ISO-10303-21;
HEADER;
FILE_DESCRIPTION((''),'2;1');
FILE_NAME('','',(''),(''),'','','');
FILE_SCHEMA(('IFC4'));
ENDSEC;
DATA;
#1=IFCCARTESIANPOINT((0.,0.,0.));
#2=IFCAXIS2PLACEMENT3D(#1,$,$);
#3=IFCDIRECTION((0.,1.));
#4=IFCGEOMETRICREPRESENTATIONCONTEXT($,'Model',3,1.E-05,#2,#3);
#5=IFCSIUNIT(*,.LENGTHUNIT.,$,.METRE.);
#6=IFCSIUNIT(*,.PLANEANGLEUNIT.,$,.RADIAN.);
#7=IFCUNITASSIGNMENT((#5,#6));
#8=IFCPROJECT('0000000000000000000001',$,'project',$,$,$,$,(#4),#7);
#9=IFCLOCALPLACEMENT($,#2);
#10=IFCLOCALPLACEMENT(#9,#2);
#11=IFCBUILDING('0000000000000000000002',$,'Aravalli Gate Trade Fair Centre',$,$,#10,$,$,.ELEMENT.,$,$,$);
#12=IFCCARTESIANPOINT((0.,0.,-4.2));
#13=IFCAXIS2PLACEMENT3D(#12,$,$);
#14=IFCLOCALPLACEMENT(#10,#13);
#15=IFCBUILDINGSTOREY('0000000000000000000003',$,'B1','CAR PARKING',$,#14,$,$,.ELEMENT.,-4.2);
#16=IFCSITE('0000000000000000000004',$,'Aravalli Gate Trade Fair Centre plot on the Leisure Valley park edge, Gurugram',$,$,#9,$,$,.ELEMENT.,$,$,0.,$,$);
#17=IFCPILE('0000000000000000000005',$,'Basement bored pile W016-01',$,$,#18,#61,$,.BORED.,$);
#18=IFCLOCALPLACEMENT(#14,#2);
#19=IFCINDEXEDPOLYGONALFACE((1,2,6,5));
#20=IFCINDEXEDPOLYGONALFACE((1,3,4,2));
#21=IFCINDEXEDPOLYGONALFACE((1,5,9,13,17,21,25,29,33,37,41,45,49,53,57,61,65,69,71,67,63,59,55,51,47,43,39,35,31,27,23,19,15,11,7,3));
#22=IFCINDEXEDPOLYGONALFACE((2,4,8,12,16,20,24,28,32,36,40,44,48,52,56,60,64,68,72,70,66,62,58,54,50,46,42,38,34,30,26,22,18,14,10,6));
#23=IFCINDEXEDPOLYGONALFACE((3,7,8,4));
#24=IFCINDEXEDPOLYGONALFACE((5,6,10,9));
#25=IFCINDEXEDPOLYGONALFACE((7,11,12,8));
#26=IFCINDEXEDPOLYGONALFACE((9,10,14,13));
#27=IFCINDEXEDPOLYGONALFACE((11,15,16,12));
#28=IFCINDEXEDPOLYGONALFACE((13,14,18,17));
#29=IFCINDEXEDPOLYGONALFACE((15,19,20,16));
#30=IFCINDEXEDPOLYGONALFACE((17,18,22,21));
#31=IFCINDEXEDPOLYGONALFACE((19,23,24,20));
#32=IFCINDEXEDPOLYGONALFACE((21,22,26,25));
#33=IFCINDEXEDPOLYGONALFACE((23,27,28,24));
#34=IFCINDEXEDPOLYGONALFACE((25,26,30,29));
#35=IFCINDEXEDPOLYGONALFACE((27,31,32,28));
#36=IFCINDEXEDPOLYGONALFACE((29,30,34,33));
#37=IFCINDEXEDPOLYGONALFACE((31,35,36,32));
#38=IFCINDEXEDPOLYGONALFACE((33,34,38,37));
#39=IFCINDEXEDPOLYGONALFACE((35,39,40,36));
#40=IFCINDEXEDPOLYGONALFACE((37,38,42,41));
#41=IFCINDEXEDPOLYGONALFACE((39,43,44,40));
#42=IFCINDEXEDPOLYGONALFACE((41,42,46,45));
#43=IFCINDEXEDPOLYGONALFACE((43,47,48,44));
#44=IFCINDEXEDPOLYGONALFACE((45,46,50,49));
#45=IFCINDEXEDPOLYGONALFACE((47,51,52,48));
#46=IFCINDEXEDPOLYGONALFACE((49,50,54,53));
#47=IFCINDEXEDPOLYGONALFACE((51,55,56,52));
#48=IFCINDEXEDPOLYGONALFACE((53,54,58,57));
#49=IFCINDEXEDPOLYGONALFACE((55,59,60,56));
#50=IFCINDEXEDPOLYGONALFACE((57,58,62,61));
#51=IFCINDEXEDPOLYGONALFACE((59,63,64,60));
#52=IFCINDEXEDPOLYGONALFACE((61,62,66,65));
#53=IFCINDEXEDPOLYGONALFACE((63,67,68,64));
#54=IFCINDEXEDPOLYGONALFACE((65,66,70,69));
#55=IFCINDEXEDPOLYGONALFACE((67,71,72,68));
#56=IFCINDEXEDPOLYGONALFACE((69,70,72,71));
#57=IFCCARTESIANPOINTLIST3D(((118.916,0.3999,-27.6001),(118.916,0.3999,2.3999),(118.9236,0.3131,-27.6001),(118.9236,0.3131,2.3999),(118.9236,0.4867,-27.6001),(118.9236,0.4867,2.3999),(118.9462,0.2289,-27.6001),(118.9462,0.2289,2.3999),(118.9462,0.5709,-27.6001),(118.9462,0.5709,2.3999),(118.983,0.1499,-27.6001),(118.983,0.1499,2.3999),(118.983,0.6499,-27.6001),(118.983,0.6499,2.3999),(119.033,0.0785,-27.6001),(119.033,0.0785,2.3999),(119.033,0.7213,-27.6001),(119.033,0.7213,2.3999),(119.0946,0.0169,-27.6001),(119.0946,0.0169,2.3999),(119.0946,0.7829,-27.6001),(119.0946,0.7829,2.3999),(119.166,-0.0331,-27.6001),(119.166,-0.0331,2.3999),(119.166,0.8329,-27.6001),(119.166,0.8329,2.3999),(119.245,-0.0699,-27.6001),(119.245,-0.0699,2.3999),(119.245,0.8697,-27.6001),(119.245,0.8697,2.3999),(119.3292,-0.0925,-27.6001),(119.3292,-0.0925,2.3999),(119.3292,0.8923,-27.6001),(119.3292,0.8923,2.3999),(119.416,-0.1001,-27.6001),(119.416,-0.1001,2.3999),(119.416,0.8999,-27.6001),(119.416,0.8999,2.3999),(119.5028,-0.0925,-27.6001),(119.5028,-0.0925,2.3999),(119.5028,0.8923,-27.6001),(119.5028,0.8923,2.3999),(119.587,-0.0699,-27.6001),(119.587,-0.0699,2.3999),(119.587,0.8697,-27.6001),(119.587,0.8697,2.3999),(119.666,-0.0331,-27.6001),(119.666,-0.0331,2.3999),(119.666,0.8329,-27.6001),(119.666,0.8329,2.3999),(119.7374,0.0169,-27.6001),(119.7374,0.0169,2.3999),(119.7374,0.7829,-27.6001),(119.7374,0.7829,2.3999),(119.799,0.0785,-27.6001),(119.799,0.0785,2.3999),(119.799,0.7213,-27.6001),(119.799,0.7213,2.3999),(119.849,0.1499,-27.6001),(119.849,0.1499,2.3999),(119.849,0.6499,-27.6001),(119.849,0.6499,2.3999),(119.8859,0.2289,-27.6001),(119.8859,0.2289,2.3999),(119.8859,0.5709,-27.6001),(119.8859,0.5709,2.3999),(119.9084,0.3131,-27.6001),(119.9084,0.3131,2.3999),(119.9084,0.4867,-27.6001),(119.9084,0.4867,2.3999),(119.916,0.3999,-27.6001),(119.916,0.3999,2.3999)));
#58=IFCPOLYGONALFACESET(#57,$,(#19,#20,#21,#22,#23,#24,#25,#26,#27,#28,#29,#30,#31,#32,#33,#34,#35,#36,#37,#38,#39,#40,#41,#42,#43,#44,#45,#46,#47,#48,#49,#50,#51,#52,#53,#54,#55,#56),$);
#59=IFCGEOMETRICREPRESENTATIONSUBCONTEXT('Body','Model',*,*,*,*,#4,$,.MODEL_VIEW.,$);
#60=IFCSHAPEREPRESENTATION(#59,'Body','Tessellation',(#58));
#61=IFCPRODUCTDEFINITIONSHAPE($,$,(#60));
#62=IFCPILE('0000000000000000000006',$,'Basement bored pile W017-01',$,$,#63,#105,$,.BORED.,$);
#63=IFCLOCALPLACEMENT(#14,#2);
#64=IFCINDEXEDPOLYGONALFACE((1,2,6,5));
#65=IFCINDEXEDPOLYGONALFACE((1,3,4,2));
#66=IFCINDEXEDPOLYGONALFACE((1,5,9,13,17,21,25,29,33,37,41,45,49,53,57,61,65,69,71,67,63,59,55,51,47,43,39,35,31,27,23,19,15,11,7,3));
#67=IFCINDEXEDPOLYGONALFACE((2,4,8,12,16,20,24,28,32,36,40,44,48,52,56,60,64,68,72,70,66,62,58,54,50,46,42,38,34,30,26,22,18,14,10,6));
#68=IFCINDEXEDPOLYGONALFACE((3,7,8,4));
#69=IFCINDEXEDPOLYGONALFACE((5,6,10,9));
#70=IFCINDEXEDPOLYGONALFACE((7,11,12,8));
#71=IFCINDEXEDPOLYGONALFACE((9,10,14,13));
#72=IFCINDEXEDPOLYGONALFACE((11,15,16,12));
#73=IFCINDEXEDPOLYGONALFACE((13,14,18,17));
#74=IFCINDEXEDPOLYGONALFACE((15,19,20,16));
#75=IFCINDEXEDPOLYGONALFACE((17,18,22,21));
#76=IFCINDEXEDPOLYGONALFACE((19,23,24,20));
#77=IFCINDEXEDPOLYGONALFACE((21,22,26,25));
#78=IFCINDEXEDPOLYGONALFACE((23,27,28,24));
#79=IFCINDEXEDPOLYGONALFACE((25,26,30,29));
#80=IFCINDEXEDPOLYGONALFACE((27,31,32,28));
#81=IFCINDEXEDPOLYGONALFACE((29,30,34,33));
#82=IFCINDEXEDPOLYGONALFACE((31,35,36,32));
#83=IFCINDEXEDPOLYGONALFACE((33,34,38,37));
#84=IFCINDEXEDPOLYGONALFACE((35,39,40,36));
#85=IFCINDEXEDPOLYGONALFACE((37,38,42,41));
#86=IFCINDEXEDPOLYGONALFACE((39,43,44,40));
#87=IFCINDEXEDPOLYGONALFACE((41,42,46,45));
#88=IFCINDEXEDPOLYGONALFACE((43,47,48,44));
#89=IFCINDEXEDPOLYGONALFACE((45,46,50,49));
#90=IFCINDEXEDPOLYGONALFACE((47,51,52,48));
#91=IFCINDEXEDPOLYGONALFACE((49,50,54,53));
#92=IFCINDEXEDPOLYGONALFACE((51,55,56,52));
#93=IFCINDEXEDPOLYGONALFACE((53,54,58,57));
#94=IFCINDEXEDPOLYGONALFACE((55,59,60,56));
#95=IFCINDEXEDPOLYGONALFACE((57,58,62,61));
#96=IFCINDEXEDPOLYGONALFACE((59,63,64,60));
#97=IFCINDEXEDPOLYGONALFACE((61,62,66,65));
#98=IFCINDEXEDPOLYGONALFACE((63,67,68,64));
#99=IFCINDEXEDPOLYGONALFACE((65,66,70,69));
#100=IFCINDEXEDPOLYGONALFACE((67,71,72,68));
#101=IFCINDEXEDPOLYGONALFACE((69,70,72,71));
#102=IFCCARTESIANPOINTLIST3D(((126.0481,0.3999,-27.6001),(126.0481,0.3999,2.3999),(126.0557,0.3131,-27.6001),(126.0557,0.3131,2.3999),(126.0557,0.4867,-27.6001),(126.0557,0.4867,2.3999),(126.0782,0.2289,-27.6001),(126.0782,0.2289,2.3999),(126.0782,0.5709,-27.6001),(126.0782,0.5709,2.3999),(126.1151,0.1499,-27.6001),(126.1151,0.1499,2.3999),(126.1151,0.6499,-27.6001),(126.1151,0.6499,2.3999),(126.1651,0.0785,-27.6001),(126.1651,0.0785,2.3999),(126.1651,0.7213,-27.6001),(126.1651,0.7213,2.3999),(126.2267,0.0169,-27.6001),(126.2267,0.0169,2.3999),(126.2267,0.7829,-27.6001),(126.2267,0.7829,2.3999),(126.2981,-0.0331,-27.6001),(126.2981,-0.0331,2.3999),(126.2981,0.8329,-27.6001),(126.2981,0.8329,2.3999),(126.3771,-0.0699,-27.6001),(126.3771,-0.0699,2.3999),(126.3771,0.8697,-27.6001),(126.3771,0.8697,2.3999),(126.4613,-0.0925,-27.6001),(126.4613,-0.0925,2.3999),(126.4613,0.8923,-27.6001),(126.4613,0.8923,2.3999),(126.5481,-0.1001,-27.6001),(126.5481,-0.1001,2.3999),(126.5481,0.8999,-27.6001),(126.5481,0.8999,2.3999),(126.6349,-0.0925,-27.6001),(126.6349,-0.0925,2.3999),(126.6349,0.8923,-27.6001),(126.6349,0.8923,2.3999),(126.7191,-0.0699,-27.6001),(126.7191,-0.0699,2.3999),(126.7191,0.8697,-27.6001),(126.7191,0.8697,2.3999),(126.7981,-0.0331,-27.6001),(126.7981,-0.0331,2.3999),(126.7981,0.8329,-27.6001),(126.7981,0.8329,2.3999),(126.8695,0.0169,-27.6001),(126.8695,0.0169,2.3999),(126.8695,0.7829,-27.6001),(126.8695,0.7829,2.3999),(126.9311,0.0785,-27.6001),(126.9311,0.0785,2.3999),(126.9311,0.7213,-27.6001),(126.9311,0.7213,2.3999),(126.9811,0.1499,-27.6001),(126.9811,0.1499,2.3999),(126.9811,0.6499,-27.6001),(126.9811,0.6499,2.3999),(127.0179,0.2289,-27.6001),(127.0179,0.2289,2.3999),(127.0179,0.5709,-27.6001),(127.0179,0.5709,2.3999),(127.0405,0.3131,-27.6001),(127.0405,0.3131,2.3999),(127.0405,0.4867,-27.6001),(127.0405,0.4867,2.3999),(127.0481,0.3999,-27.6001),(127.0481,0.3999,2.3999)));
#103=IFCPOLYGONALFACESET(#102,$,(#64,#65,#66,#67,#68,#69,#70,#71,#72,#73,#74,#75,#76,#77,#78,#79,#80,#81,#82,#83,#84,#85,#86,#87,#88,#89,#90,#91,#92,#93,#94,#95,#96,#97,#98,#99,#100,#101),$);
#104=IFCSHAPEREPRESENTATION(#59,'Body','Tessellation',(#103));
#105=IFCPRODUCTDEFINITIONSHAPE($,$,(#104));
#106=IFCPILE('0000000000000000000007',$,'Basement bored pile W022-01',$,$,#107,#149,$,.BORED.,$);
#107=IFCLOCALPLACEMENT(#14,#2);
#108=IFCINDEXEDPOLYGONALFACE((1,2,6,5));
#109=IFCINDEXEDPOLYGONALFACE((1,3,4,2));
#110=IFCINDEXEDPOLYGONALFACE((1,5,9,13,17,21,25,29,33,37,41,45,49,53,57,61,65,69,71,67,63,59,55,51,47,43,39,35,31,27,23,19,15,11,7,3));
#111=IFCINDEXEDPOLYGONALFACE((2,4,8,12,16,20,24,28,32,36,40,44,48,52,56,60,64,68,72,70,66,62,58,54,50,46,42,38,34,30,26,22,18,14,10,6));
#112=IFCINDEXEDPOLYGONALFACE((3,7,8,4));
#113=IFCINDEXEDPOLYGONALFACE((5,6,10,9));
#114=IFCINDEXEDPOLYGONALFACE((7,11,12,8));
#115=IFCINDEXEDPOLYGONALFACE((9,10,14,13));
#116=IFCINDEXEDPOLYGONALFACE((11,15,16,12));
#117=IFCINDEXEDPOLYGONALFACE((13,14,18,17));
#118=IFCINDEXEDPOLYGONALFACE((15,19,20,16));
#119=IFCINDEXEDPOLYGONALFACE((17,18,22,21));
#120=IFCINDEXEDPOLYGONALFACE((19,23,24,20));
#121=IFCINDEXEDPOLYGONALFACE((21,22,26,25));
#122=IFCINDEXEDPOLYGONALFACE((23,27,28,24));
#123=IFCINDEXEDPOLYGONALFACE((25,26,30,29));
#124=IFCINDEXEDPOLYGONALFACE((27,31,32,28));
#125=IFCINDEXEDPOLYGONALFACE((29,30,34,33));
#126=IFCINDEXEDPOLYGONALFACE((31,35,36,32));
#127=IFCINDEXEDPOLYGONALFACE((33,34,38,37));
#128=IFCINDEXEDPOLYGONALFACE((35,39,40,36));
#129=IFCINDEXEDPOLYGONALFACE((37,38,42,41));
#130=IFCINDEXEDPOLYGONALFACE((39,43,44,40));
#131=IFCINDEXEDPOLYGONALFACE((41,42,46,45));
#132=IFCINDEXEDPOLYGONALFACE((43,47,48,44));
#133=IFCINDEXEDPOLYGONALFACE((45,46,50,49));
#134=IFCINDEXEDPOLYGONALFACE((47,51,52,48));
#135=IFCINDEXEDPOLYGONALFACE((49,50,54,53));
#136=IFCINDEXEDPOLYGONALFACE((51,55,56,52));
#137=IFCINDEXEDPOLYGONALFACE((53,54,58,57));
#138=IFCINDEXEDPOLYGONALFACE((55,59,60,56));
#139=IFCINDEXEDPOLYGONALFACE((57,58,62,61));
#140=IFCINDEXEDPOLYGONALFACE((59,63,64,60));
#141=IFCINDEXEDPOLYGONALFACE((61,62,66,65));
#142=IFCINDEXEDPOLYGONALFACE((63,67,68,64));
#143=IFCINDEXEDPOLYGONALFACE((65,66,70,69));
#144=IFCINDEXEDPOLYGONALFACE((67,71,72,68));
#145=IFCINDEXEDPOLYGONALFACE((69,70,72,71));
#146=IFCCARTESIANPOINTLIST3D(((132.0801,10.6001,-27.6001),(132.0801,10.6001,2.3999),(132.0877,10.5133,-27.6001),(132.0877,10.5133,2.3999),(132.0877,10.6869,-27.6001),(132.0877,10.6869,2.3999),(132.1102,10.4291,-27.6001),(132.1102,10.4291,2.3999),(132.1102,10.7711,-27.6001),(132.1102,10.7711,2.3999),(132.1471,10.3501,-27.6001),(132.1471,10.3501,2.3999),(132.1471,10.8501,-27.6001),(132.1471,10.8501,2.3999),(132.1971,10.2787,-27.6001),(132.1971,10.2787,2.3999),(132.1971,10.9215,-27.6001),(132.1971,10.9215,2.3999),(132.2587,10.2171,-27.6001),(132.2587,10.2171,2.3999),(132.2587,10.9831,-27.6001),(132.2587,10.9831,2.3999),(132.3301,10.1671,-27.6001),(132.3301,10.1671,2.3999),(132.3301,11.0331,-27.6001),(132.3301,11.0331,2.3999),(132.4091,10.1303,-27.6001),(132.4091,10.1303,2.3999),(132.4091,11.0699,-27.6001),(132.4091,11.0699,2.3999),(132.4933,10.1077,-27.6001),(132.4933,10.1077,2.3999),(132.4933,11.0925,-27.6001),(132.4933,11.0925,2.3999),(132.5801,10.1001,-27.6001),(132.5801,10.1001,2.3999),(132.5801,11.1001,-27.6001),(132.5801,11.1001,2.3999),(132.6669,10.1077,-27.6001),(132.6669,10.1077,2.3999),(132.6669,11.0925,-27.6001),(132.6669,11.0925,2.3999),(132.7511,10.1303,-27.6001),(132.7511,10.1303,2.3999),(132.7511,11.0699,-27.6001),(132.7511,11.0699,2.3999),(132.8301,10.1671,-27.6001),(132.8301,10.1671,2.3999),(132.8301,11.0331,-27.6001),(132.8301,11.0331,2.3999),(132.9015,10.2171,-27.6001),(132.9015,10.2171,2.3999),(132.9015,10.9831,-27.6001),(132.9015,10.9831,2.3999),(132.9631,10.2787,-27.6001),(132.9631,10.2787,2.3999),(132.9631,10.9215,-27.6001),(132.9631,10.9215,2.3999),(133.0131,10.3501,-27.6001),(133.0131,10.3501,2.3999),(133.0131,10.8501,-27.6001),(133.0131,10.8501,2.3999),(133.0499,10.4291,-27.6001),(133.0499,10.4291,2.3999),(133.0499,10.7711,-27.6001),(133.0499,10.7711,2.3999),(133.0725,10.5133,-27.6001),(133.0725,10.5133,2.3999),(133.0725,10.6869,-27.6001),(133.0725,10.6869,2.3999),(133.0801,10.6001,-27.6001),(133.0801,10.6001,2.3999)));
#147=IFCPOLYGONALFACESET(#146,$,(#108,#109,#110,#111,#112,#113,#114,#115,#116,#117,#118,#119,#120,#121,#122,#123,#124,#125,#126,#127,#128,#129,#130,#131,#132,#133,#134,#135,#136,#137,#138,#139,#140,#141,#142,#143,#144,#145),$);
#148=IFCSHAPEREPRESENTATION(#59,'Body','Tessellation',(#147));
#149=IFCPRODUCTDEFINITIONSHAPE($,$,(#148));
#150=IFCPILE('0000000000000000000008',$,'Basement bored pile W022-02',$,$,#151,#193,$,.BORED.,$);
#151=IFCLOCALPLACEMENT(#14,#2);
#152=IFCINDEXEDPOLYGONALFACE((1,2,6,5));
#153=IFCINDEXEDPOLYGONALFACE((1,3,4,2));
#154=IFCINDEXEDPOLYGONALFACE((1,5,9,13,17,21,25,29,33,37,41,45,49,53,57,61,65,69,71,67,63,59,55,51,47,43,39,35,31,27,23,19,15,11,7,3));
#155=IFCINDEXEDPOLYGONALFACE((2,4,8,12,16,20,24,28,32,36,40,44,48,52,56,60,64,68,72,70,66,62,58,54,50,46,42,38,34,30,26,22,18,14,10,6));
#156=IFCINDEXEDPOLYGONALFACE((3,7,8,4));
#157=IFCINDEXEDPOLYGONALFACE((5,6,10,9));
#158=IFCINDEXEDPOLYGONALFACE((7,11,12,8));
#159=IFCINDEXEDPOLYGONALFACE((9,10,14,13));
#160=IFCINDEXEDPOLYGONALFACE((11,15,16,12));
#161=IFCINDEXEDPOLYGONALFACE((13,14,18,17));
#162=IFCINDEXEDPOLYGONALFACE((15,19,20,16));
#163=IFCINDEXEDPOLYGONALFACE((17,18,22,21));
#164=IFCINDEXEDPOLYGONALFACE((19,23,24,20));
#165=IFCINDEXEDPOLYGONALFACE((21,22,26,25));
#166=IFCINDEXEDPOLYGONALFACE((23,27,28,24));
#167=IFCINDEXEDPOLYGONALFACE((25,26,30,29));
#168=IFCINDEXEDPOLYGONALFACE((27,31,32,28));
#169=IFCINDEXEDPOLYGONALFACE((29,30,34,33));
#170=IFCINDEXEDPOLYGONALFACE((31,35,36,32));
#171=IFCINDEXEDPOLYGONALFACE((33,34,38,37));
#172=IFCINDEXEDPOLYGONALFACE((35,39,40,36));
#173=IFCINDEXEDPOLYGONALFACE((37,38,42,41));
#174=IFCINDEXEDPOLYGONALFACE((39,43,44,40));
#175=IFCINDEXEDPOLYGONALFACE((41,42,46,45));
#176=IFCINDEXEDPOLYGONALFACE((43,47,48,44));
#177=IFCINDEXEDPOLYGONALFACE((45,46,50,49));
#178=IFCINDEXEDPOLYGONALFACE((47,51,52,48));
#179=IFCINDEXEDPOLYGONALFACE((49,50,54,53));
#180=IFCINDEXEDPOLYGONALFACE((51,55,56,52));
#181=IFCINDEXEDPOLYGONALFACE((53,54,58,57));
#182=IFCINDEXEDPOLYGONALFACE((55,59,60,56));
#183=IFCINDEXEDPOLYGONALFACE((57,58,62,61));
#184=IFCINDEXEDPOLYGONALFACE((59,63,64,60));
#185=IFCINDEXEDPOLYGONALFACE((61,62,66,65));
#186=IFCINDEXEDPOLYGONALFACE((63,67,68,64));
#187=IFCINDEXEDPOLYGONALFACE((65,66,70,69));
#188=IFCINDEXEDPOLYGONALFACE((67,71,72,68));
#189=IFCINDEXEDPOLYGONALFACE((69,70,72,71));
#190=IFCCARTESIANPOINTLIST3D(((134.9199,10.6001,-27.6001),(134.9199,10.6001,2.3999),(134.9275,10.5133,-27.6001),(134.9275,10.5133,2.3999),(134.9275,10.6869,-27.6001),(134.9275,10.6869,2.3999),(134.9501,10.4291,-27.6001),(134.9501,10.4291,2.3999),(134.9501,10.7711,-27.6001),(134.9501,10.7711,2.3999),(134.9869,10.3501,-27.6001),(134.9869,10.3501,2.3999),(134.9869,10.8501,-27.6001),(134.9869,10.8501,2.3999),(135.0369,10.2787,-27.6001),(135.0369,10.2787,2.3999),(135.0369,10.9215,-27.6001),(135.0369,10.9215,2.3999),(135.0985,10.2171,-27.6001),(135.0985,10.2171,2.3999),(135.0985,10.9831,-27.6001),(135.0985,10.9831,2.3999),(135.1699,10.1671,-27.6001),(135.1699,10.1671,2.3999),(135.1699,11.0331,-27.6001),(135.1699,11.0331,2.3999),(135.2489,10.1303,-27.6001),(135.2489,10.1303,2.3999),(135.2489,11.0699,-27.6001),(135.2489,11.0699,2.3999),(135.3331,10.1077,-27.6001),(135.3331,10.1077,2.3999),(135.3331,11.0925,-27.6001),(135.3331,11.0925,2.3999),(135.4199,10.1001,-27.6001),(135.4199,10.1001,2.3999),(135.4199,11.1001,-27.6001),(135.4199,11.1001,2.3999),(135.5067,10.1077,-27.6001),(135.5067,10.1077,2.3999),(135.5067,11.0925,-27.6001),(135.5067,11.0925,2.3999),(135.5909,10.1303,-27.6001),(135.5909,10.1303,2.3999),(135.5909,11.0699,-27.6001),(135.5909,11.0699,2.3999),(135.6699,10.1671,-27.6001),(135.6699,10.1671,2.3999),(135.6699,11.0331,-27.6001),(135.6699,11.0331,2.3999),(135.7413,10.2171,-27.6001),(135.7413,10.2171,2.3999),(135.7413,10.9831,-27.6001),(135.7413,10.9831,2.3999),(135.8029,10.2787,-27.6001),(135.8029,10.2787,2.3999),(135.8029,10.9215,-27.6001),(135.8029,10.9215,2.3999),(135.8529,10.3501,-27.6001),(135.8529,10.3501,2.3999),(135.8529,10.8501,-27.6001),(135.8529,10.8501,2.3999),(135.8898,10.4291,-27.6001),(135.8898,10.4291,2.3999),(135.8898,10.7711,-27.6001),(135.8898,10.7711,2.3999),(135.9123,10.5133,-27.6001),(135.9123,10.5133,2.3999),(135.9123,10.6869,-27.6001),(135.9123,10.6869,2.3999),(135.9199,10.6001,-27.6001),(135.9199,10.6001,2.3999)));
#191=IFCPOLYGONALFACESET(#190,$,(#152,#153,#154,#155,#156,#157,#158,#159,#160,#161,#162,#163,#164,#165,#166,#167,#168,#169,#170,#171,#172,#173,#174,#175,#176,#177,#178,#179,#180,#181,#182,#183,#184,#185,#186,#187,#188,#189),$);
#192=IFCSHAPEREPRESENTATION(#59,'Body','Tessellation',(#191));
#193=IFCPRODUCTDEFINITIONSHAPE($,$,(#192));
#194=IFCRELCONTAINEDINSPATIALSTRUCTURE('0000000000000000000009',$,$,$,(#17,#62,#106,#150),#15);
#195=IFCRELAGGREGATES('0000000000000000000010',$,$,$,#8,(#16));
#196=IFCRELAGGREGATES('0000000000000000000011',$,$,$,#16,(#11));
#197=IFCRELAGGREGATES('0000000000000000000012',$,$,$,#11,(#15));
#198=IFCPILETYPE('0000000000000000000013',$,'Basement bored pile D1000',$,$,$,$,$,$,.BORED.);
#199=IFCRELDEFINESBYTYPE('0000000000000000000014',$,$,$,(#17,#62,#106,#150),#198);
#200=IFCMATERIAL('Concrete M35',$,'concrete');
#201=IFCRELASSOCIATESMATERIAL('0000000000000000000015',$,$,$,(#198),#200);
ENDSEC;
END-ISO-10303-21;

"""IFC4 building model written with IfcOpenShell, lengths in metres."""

from ifc_helpers import new_model, si_unit, direction, frame, origin, origin_2d, place, context, subcontext, project, spatial, circle, extrude, material, material_profile, profile_set, type_object, element, save


model = new_model("IFC4")

# Units and contexts
model_context = context("Model", 3, precision=1e-05, world=origin(), true_north=direction((0.0, 1.0)))
body_context = subcontext(model_context, "Body", "Model", "MODEL_VIEW")
ifc_project = project(units=[si_unit("LENGTHUNIT", "METRE"), si_unit("PLANEANGLEUNIT", "RADIAN")], contexts=[model_context])

# Site, building, storey
site_placement = place(None, origin())
site = spatial("IfcSite", under=ifc_project, at=site_placement, Name="Aravalli Gate Trade Fair Centre plot on the Leisure Valley park edge, Gurugram", CompositionType="ELEMENT", RefElevation=0.0)
building_placement = place(site_placement, origin())
building = spatial("IfcBuilding", under=site, at=building_placement, Name="Aravalli Gate Trade Fair Centre", CompositionType="ELEMENT")
storey_placement = place(building_placement, frame((0.0, 0.0, -4.2)))
storey = spatial("IfcBuildingStorey", under=building, at=storey_placement, Name="B1", Description="CAR PARKING", CompositionType="ELEMENT", Elevation=-4.2)

# Piles
ifc_material = material(Name="Concrete M35", Category="concrete")
ifc_material_profile = material_profile(ifc_material, circle(Radius=0.5, at=origin_2d()), Name="D1000")
ifc_profile_set = profile_set([ifc_material_profile], Name="Concrete M35")
pile_type = type_object("IfcPileType", Name="Basement bored pile D1000", PredefinedType="BORED", material=ifc_profile_set)
for number, where, z_axis, x_axis, name in (
    (1, (119.416, 0.3999, 2.3999), (0.0, 0.0, -1.0), (1.0, 0.0, 0.0), "Basement bored pile W016-01"),
    (2, (126.5481, 0.3999, 2.3999), (0.0, 0.0, -1.0), (1.0, 0.0, 0.0), "Basement bored pile W017-01"),
    (3, (132.5801, 10.6001, 2.3999), (0.0, 0.0, -1.0), (1.0, 0.0, 0.0), "Basement bored pile W022-01"),
    (4, (135.4199, 10.6001, 2.3999), (0.0, 0.0, -1.0), (1.0, 0.0, 0.0), "Basement bored pile W022-02"),
):
    element("IfcPile", number, at=place(storey_placement, frame(where, z_axis=z_axis, x_axis=x_axis)), inside=storey, type_object=pile_type, Name=name, PredefinedType="BORED", context=body_context, shape_type="SweptSolid", body=[
        extrude(circle(Radius=0.5, at=origin_2d()), origin(), (0.0, 0.0, 1.0), 30.0),
    ])

save(model, "model.ifc")
